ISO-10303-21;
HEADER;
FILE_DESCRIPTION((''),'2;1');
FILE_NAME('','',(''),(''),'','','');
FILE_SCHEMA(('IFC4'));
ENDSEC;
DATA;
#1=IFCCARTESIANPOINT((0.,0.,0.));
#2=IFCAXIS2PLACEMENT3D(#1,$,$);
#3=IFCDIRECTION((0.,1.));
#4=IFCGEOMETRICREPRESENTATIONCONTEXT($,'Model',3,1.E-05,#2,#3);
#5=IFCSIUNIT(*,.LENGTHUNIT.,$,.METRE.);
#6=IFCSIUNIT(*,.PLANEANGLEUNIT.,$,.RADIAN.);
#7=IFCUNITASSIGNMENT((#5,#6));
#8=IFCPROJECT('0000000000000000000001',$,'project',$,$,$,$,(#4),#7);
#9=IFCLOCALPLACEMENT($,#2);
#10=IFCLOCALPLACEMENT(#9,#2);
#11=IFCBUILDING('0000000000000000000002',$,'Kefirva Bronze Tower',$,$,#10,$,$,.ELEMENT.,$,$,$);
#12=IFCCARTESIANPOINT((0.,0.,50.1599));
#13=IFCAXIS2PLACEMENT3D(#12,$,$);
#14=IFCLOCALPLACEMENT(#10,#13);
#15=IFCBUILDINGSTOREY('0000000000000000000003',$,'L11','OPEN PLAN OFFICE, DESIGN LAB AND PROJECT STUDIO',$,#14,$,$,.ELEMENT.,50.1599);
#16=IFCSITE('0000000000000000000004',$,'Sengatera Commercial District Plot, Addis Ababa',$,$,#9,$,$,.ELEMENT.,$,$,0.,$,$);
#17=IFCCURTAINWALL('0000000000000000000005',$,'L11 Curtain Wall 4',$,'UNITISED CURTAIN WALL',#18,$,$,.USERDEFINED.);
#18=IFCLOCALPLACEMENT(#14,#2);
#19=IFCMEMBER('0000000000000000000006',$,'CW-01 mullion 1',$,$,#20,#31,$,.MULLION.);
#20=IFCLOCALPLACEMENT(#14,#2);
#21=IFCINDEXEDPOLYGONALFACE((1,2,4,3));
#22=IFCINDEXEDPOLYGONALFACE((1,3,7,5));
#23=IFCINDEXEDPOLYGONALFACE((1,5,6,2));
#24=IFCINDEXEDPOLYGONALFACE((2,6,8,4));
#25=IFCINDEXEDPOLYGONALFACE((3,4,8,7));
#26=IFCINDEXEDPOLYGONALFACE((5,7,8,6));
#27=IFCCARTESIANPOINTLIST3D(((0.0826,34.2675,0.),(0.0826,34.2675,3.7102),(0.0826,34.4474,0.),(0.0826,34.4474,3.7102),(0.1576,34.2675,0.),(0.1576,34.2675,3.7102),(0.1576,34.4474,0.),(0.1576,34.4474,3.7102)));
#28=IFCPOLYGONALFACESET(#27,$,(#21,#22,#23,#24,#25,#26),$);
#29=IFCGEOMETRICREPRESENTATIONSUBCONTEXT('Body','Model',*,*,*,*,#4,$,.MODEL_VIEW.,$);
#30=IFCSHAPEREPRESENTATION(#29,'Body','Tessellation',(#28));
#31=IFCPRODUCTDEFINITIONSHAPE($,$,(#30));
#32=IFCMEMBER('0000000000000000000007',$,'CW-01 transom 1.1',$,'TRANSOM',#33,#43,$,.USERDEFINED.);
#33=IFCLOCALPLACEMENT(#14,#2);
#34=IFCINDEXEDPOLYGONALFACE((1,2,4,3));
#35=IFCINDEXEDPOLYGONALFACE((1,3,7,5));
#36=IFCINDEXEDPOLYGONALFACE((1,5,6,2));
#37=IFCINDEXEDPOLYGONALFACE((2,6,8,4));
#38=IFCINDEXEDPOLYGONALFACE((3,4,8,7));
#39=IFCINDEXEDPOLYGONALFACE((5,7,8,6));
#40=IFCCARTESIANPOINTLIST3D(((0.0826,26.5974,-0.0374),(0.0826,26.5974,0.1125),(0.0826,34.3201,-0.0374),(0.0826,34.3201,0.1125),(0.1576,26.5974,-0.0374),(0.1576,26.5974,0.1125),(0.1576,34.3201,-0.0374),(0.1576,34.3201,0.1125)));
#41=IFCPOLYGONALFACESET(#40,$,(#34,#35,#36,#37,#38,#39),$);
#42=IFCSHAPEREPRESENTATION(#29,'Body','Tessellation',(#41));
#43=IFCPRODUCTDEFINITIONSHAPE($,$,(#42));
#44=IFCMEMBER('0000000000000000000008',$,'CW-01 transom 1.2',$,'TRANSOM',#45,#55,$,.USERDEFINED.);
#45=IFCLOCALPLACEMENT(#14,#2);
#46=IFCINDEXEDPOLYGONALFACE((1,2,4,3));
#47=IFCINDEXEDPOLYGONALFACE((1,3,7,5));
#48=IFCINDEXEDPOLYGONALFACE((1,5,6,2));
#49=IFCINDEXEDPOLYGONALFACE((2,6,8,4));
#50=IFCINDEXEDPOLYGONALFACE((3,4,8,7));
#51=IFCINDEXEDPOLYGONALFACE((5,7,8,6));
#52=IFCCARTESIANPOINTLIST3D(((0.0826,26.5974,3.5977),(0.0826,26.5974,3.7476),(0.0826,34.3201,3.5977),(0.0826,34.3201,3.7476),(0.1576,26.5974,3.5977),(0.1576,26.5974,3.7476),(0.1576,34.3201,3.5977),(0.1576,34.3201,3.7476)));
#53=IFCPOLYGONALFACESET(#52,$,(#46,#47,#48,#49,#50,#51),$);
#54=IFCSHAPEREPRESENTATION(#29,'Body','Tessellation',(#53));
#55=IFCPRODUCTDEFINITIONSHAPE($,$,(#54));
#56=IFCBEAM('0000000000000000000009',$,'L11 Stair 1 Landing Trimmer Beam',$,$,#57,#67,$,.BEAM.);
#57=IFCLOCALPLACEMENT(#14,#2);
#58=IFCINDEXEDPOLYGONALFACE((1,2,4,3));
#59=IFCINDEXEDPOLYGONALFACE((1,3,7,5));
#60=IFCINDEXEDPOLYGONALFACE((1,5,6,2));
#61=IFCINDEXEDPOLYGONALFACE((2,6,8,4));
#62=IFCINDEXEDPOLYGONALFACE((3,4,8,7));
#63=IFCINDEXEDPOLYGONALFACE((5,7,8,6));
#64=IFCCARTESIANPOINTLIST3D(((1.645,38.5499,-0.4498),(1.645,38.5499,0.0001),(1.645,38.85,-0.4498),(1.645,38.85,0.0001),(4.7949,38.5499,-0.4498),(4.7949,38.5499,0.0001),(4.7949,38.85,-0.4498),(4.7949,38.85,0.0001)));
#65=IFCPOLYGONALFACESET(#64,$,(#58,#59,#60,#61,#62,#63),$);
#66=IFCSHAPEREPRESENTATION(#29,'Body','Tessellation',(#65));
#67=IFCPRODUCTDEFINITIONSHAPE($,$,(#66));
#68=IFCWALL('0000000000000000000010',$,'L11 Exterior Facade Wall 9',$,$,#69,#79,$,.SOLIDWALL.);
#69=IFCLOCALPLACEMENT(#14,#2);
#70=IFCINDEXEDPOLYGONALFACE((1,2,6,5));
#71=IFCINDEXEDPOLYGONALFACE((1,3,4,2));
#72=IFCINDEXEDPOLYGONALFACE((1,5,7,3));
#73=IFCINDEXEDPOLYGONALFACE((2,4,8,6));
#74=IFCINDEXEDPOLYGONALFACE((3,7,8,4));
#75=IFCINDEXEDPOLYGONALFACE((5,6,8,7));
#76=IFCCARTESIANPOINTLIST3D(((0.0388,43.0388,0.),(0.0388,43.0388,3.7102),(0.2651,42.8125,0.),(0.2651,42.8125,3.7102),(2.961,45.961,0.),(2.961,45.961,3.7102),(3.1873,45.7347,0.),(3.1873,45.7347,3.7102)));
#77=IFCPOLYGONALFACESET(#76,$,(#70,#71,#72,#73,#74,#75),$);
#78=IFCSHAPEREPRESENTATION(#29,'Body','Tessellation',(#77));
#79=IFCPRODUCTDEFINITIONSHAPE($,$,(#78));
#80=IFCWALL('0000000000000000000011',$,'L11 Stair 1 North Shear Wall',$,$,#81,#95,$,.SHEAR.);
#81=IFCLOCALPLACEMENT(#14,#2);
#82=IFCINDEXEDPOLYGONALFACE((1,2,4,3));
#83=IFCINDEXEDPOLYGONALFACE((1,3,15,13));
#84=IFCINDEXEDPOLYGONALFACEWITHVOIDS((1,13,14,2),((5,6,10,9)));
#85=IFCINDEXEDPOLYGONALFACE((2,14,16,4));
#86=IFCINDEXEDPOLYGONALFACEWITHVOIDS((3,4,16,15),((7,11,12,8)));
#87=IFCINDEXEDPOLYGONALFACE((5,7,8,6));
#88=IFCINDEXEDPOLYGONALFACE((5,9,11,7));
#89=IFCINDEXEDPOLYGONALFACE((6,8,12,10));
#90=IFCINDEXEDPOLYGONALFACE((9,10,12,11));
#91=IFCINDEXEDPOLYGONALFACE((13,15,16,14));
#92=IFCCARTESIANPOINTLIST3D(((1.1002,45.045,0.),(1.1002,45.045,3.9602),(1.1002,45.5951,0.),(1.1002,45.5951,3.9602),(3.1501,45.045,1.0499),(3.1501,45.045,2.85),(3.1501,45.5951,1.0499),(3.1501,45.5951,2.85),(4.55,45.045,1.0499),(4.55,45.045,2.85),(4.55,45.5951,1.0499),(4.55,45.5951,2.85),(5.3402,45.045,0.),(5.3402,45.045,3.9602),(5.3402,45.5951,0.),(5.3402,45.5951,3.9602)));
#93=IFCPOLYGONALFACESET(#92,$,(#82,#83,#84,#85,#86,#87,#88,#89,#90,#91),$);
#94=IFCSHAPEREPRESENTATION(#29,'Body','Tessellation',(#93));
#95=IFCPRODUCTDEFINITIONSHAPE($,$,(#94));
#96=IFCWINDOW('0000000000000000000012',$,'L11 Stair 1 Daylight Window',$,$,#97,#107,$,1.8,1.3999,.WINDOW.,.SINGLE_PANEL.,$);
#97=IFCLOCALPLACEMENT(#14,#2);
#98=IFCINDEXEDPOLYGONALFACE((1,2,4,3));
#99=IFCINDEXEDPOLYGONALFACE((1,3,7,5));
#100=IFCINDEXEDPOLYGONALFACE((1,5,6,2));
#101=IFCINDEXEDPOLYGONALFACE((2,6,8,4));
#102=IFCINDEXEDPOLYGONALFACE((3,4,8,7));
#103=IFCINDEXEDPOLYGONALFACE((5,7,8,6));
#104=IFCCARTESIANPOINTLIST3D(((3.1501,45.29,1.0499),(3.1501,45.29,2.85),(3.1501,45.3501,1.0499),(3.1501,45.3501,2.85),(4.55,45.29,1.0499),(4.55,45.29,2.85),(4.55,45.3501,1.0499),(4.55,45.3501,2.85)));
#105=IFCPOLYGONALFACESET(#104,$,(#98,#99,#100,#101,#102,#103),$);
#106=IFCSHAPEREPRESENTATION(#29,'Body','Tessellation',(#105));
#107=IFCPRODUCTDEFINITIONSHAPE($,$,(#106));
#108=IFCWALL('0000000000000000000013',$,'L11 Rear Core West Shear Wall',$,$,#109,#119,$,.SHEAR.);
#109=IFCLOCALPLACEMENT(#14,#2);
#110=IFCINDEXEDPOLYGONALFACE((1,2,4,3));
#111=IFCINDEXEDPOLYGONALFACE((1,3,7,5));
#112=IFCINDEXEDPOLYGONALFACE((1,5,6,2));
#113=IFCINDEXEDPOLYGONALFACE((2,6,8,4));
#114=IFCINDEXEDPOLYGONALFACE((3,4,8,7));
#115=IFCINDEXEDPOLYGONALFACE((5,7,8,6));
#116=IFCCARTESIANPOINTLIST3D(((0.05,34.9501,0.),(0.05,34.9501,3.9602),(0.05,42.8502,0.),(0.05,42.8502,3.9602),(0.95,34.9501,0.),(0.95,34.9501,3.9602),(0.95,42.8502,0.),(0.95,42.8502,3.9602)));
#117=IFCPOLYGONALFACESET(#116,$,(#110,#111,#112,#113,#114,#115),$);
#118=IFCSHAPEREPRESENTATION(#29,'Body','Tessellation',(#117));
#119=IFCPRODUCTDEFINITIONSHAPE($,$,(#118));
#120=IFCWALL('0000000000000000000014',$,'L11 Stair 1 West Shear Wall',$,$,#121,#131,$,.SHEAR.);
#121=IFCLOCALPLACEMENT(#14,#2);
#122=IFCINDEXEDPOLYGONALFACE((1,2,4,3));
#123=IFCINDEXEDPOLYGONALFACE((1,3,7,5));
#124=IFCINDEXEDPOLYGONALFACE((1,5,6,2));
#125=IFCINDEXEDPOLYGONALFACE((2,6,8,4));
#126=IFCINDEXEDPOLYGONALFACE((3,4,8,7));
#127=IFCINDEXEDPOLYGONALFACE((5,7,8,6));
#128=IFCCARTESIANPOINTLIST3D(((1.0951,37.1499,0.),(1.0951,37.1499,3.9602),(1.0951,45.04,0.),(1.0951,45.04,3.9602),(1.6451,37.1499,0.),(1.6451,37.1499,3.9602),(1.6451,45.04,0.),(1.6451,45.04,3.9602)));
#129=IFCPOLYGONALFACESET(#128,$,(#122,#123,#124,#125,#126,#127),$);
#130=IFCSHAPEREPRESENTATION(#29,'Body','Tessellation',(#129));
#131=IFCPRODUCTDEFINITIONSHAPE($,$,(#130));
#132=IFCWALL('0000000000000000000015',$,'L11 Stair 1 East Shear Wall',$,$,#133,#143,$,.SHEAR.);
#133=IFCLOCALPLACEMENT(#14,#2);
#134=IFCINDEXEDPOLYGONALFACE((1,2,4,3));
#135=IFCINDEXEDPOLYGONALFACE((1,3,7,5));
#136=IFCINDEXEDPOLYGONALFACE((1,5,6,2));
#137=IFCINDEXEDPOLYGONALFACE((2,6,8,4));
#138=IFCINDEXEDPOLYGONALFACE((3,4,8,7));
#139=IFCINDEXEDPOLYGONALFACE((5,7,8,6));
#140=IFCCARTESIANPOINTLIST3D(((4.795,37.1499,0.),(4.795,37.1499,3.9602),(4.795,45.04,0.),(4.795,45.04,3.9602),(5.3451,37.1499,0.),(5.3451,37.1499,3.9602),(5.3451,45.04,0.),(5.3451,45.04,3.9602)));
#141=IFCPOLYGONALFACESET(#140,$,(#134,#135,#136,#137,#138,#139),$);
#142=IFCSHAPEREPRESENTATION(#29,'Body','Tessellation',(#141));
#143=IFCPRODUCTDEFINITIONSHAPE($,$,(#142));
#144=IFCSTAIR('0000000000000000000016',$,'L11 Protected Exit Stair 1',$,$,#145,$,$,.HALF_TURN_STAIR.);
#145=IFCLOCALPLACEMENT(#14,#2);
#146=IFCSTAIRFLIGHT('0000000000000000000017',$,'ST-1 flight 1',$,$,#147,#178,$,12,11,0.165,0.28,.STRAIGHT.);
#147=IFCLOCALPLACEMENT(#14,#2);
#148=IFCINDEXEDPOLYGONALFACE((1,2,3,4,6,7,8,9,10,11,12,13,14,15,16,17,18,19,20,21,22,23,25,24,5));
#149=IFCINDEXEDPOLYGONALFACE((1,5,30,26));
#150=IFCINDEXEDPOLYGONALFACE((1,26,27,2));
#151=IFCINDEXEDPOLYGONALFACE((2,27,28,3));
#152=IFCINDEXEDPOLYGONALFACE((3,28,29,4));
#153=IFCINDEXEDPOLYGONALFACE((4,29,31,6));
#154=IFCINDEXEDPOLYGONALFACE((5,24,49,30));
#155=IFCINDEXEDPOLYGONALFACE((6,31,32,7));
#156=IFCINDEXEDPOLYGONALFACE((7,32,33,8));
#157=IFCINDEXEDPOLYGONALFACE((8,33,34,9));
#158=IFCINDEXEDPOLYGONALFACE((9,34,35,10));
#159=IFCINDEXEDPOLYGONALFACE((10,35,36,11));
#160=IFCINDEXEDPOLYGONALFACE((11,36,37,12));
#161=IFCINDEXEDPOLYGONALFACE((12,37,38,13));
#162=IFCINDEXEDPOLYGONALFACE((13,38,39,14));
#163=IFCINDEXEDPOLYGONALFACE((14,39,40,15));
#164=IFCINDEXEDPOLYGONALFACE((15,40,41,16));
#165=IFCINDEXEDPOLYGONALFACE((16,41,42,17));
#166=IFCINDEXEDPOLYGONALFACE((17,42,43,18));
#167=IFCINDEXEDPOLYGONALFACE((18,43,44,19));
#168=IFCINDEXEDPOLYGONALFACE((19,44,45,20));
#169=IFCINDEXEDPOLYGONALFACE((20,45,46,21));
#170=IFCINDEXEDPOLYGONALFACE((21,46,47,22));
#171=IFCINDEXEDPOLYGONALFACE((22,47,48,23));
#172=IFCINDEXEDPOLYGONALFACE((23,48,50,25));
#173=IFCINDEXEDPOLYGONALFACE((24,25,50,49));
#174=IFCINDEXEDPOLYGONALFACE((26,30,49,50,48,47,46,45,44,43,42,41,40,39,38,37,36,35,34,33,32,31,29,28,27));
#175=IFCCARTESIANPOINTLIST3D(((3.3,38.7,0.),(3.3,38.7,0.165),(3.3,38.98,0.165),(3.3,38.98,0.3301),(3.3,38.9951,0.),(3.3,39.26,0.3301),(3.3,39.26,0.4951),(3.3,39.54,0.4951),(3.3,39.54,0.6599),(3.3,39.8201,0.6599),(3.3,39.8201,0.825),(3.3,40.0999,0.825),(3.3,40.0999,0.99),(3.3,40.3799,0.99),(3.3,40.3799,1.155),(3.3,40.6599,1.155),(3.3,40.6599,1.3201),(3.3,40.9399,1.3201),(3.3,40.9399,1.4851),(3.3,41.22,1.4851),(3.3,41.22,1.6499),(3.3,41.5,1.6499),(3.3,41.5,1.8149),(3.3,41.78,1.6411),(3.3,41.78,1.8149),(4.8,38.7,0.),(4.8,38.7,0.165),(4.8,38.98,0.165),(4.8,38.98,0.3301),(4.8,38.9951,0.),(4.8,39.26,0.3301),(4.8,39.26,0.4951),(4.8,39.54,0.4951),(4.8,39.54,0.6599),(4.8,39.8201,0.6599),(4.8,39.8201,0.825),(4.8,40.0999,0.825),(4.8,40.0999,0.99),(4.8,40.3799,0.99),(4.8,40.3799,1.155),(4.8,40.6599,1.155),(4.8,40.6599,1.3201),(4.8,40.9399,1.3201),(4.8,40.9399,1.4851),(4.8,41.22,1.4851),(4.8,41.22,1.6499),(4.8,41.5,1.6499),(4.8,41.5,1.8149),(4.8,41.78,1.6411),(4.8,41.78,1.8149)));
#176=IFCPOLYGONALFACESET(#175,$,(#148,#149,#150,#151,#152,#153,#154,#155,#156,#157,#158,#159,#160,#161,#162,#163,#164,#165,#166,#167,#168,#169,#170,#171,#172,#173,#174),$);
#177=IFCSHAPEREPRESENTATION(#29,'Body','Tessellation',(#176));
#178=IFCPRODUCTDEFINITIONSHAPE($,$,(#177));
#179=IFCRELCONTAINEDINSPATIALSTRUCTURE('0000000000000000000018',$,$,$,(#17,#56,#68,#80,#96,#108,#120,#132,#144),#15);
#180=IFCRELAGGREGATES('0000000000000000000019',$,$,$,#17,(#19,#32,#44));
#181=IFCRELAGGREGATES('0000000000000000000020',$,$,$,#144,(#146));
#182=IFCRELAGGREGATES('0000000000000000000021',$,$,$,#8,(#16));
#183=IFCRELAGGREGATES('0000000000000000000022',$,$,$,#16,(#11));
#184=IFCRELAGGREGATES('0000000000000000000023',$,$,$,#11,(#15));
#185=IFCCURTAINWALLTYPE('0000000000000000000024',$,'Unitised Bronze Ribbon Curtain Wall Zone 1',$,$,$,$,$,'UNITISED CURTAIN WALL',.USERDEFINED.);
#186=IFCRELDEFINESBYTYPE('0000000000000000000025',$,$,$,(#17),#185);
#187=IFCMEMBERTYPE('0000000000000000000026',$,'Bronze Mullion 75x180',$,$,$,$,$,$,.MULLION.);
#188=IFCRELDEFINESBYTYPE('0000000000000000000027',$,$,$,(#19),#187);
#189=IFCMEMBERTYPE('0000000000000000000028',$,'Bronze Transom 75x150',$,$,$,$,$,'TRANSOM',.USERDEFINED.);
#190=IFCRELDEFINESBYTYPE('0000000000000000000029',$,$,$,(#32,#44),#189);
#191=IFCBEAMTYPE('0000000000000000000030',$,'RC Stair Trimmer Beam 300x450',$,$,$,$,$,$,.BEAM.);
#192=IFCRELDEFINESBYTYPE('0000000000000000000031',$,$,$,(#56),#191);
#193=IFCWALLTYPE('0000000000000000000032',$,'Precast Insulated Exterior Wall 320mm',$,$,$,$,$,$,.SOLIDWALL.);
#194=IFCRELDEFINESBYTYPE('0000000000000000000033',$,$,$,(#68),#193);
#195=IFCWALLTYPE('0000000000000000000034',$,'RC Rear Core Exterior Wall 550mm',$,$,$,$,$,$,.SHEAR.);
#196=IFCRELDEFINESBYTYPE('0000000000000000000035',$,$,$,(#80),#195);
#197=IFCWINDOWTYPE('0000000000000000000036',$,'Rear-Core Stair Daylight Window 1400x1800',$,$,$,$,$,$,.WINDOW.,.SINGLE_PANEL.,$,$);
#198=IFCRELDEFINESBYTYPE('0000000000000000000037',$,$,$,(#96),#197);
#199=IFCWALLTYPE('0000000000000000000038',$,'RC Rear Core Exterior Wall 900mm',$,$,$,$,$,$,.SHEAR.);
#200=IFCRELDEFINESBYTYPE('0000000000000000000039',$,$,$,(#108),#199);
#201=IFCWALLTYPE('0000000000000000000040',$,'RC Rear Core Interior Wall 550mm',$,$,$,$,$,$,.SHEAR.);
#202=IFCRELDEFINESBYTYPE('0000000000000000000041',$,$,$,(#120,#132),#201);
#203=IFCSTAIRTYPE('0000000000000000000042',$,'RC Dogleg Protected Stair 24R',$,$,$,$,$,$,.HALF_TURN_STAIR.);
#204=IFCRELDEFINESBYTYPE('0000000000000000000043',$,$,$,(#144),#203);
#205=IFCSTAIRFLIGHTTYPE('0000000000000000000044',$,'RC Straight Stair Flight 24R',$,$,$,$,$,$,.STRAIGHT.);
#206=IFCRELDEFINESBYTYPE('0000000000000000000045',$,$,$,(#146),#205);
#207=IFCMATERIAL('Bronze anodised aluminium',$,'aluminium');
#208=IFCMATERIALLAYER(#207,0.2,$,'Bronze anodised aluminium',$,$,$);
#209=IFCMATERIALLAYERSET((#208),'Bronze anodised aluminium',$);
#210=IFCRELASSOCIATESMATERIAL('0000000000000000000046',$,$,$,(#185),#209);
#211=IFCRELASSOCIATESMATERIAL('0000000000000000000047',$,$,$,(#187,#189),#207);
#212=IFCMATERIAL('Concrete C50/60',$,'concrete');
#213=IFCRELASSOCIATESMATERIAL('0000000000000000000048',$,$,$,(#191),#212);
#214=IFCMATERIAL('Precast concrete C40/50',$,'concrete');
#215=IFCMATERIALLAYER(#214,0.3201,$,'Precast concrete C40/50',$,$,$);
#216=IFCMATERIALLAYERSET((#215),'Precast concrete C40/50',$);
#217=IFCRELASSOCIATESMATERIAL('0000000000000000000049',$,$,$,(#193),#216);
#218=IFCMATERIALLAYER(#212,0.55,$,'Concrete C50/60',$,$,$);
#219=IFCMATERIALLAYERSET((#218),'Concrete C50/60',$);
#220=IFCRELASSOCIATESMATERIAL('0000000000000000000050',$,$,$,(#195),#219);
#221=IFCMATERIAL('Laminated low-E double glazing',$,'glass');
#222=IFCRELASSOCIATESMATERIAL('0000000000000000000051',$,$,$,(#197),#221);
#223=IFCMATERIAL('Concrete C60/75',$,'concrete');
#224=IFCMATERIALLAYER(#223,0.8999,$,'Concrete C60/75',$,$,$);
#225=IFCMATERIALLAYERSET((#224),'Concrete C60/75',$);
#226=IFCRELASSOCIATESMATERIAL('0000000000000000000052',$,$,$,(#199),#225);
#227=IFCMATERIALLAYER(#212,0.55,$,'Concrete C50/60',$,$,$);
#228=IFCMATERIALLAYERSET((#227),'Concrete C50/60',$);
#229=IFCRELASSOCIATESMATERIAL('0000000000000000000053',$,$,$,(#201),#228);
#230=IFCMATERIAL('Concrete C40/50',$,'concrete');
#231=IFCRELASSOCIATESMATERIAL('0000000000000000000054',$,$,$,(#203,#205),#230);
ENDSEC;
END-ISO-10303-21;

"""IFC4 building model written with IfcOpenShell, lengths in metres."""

from ifc_helpers import new_model, si_unit, direction, frame, frame_2d, origin, origin_2d, place, context, subcontext, project, spatial, polyline, rectangle, outline, extrude, material, layer, layer_set, material_profile, profile_set, type_object, element, fill, aggregate, save


model = new_model("IFC4")

# Units and contexts
model_context = context("Model", 3, precision=1e-05, world=origin(), true_north=direction((0.0, 1.0)))
body_context = subcontext(model_context, "Body", "Model", "MODEL_VIEW")
ifc_project = project(units=[si_unit("LENGTHUNIT", "METRE"), si_unit("PLANEANGLEUNIT", "RADIAN")], contexts=[model_context])

# Site, building, storey
site_placement = place(None, origin())
site = spatial("IfcSite", under=ifc_project, at=site_placement, Name="Sengatera Commercial District Plot, Addis Ababa", CompositionType="ELEMENT", RefElevation=0.0)
building_placement = place(site_placement, origin())
building = spatial("IfcBuilding", under=site, at=building_placement, Name="Kefirva Bronze Tower", CompositionType="ELEMENT")
storey_placement = place(building_placement, frame((0.0, 0.0, 50.1599)))
storey = spatial("IfcBuildingStorey", under=building, at=storey_placement, Name="L11", Description="OPEN PLAN OFFICE, DESIGN LAB AND PROJECT STUDIO", CompositionType="ELEMENT", Elevation=50.1599)

# Curtain wall, members
ifc_material_1 = material(Name="Bronze anodised aluminium", Category="aluminium")
ifc_layer_1 = layer(ifc_material_1, 0.2, Name="Bronze anodised aluminium")
ifc_layer_set_1 = layer_set([ifc_layer_1], Name="Bronze anodised aluminium")
curtain_wall_type = type_object("IfcCurtainWallType", Name="Unitised Bronze Ribbon Curtain Wall Zone 1", ElementType="UNITISED CURTAIN WALL", PredefinedType="USERDEFINED", material=ifc_layer_set_1)
curtain_wall_placement = place(storey_placement, origin())
curtain_wall = element("IfcCurtainWall", 1, at=curtain_wall_placement, inside=storey, type_object=curtain_wall_type, Name="L11 Curtain Wall 4", ObjectType="UNITISED CURTAIN WALL", PredefinedType="USERDEFINED")
ifc_material_profile_1 = material_profile(ifc_material_1, rectangle(XDim=0.075, YDim=0.1799, at=origin_2d()), Name="ALU 75x180")
ifc_profile_set_1 = profile_set([ifc_material_profile_1], Name="Bronze anodised aluminium")
member_type_1 = type_object("IfcMemberType", Name="Bronze Mullion 75x180", PredefinedType="MULLION", material=ifc_profile_set_1)
member_1_placement = place(storey_placement, frame((0.1201, 34.3574, 0.0), z_axis=(0.0, 0.0, 1.0), x_axis=(1.0, 0.0, 0.0)))
member_1 = element("IfcMember", 2, at=member_1_placement, type_object=member_type_1, Name="CW-01 mullion 1", PredefinedType="MULLION", context=body_context, shape_type="SweptSolid", body=[
    extrude(rectangle(XDim=0.075, YDim=0.1799, at=origin_2d()), origin(), (0.0, 0.0, 1.0), 3.7102),
])
ifc_material_profile_2 = material_profile(ifc_material_1, rectangle(XDim=0.075, YDim=0.1499, at=origin_2d()), Name="ALU 75x150")
ifc_profile_set_2 = profile_set([ifc_material_profile_2], Name="Bronze anodised aluminium")
member_type_2 = type_object("IfcMemberType", Name="Bronze Transom 75x150", ElementType="TRANSOM", PredefinedType="USERDEFINED", material=ifc_profile_set_2)
member_2_placement = place(storey_placement, frame((0.1201, 34.3201, 0.0376), z_axis=(0.0, -1.0, 0.0), x_axis=(1.0, 0.0, 0.0)))
member_2 = element("IfcMember", 3, at=member_2_placement, type_object=member_type_2, Name="CW-01 transom 1.1", ObjectType="TRANSOM", PredefinedType="USERDEFINED", context=body_context, shape_type="SweptSolid", body=[
    extrude(rectangle(XDim=0.075, YDim=0.1499, at=origin_2d()), origin(), (0.0, 0.0, 1.0), 7.7227),
])
member_3_placement = place(storey_placement, frame((0.1201, 34.3201, 3.6726), z_axis=(0.0, -1.0, 0.0), x_axis=(1.0, 0.0, 0.0)))
member_3 = element("IfcMember", 4, at=member_3_placement, type_object=member_type_2, Name="CW-01 transom 1.2", ObjectType="TRANSOM", PredefinedType="USERDEFINED", context=body_context, shape_type="SweptSolid", body=[
    extrude(rectangle(XDim=0.075, YDim=0.1499, at=origin_2d()), origin(), (0.0, 0.0, 1.0), 7.7227),
])
aggregate(curtain_wall, [member_1, member_2, member_3])

# Beam
ifc_material_2 = material(Name="Concrete C50/60", Category="concrete")
ifc_material_profile_3 = material_profile(ifc_material_2, rectangle(XDim=0.3, YDim=0.45, at=origin_2d()), Name="RC 300x450")
ifc_profile_set_3 = profile_set([ifc_material_profile_3], Name="Concrete C50/60")
beam_type = type_object("IfcBeamType", Name="RC Stair Trimmer Beam 300x450", PredefinedType="BEAM", material=ifc_profile_set_3)
beam_placement = place(storey_placement, frame((1.645, 38.7, -0.2249), z_axis=(1.0, 0.0, 0.0), x_axis=(0.0, 1.0, 0.0)))
element("IfcBeam", 5, at=beam_placement, inside=storey, type_object=beam_type, Name="L11 Stair 1 Landing Trimmer Beam", PredefinedType="BEAM", context=body_context, shape_type="SweptSolid", body=[
    extrude(rectangle(XDim=0.3, YDim=0.45, at=origin_2d()), origin(), (0.0, 0.0, 1.0), 3.1499),
])

# Wall
ifc_material_3 = material(Name="Precast concrete C40/50", Category="concrete")
ifc_layer_2 = layer(ifc_material_3, 0.3201, Name="Precast concrete C40/50")
ifc_layer_set_2 = layer_set([ifc_layer_2], Name="Precast concrete C40/50")
wall_type_1 = type_object("IfcWallType", Name="Precast Insulated Exterior Wall 320mm", PredefinedType="SOLIDWALL", material=ifc_layer_set_2)
wall_1_placement = place(storey_placement, frame((3.0742, 45.8479, 0.0), z_axis=(0.0, 0.0, 1.0), x_axis=(-0.707107, -0.707107, 0.0)))
element("IfcWall", 6, at=wall_1_placement, inside=storey, type_object=wall_type_1, Name="L11 Exterior Facade Wall 9", PredefinedType="SOLIDWALL", context=body_context, shape_type="SweptSolid", body=[
    extrude(rectangle(XDim=4.1326, YDim=0.3201, at=frame_2d((2.0664, 0.0))), origin(), (0.0, 0.0, 1.0), 3.7102),
])

# Wall, opening, window
ifc_layer_3 = layer(ifc_material_2, 0.55, Name="Concrete C50/60")
ifc_layer_set_3 = layer_set([ifc_layer_3], Name="Concrete C50/60")
wall_type_2 = type_object("IfcWallType", Name="RC Rear Core Exterior Wall 550mm", PredefinedType="SHEAR", material=ifc_layer_set_3)
wall_2_placement = place(storey_placement, frame((1.1001, 45.3201, 0.0), z_axis=(0.0, 0.0, 1.0), x_axis=(1.0, 0.0, 0.0)))
wall_2 = element("IfcWall", 7, at=wall_2_placement, inside=storey, type_object=wall_type_2, Name="L11 Stair 1 North Shear Wall", PredefinedType="SHEAR", context=body_context, shape_type="SweptSolid", body=[
    extrude(rectangle(XDim=4.24, YDim=0.55, at=frame_2d((2.1201, 0.0))), origin(), (0.0, 0.0, 1.0), 3.9602),
])
opening_1_placement = place(wall_2_placement, frame((2.05, 0.0, 1.05)))
opening_1 = element("IfcOpeningElement", 8, at=opening_1_placement, cuts=wall_2, PredefinedType="OPENING", context=body_context, shape_type="SweptSolid", body=[
    extrude(rectangle(XDim=1.3999, YDim=1.8, at=frame_2d((0.7, 0.8999))), frame((0.0, 0.2852, 0.0), z_axis=(0.0, -1.0, 0.0), x_axis=(1.0, 0.0, 0.0)), (0.0, 0.0, 1.0), 0.5701),
])
ifc_material_4 = material(Name="Laminated low-E double glazing", Category="glass")
window_type = type_object("IfcWindowType", Name="Rear-Core Stair Daylight Window 1400x1800", PartitioningType="SINGLE_PANEL", PredefinedType="WINDOW", material=ifc_material_4)
window_placement = place(opening_1_placement, origin())
window = element("IfcWindow", 9, at=window_placement, inside=storey, type_object=window_type, Name="L11 Stair 1 Daylight Window", OverallHeight=1.8, OverallWidth=1.3999, PartitioningType="SINGLE_PANEL", PredefinedType="WINDOW", context=body_context, shape_type="SweptSolid", body=[
    extrude(rectangle(XDim=1.3999, YDim=1.8, at=frame_2d((0.7, 0.8999))), frame((0.0, 0.03, 0.0), z_axis=(0.0, -1.0, 0.0), x_axis=(1.0, 0.0, 0.0)), (0.0, 0.0, 1.0), 0.0601),
])
fill(opening_1, window)

# Walls
ifc_material_5 = material(Name="Concrete C60/75", Category="concrete")
ifc_layer_4 = layer(ifc_material_5, 0.8999, Name="Concrete C60/75")
ifc_layer_set_4 = layer_set([ifc_layer_4], Name="Concrete C60/75")
wall_type_3 = type_object("IfcWallType", Name="RC Rear Core Exterior Wall 900mm", PredefinedType="SHEAR", material=ifc_layer_set_4)
wall_3_placement = place(storey_placement, frame((0.5, 34.95, 0.0), z_axis=(0.0, 0.0, 1.0), x_axis=(0.0, 1.0, 0.0)))
element("IfcWall", 10, at=wall_3_placement, inside=storey, type_object=wall_type_3, Name="L11 Rear Core West Shear Wall", PredefinedType="SHEAR", context=body_context, shape_type="SweptSolid", body=[
    extrude(rectangle(XDim=7.9001, YDim=0.8999, at=frame_2d((3.9502, 0.0))), origin(), (0.0, 0.0, 1.0), 3.9602),
])
ifc_layer_5 = layer(ifc_material_2, 0.55, Name="Concrete C50/60")
ifc_layer_set_5 = layer_set([ifc_layer_5], Name="Concrete C50/60")
wall_type_4 = type_object("IfcWallType", Name="RC Rear Core Interior Wall 550mm", PredefinedType="SHEAR", material=ifc_layer_set_5)
for number, where, z_axis, x_axis, name in (
    (11, (1.3701, 37.1499, 0.0), (0.0, 0.0, 1.0), (0.0, 1.0, 0.0), "L11 Stair 1 West Shear Wall"),
    (12, (5.0701, 37.1499, 0.0), (0.0, 0.0, 1.0), (0.0, 1.0, 0.0), "L11 Stair 1 East Shear Wall"),
):
    element("IfcWall", number, at=place(storey_placement, frame(where, z_axis=z_axis, x_axis=x_axis)), inside=storey, type_object=wall_type_4, Name=name, PredefinedType="SHEAR", context=body_context, shape_type="SweptSolid", body=[
        extrude(rectangle(XDim=7.8901, YDim=0.55, at=frame_2d((3.9451, 0.0))), origin(), (0.0, 0.0, 1.0), 3.9602),
    ])

# Stair, stair flight
ifc_material_6 = material(Name="Concrete C40/50", Category="concrete")
stair_type = type_object("IfcStairType", Name="RC Dogleg Protected Stair 24R", PredefinedType="HALF_TURN_STAIR", material=ifc_material_6)
stair_placement = place(storey_placement, origin())
stair = element("IfcStair", 13, at=stair_placement, inside=storey, type_object=stair_type, Name="L11 Protected Exit Stair 1", PredefinedType="HALF_TURN_STAIR")
stair_flight_type = type_object("IfcStairFlightType", Name="RC Straight Stair Flight 24R", PredefinedType="STRAIGHT", material=ifc_material_6)
stair_flight_1_placement = place(storey_placement, frame((4.05, 38.7, 0.0), z_axis=(0.0, 0.0, 1.0), x_axis=(0.0, 1.0, 0.0)))
stair_flight_1 = element("IfcStairFlight", 14, at=stair_flight_1_placement, type_object=stair_flight_type, Name="ST-1 flight 1", NumberOfRisers=12, NumberOfTreads=11, PredefinedType="STRAIGHT", RiserHeight=0.165, TreadLength=0.28, context=body_context, shape_type="SweptSolid", body=[
    extrude(outline(polyline([(0.0, 0.0), (0.0, 0.165), (0.28, 0.165), (0.28, 0.3301), (0.5601, 0.3301), (0.5601, 0.4951), (0.8401, 0.4951), (0.8401, 0.6599), (1.1201, 0.6599), (1.1201, 0.825), (1.3999, 0.825), (1.3999, 0.99), (1.6799, 0.99), (1.6799, 1.155), (1.96, 1.155), (1.96, 1.3201), (2.24, 1.3201), (2.24, 1.4851), (2.52, 1.4851), (2.52, 1.6499), (2.8, 1.6499), (2.8, 1.8149), (3.0801, 1.8149), (3.0801, 1.98), (3.0801, 1.6411), (0.2952, 0.0), (0.0, 0.0)])), frame((0.0, 0.75, 0.0), z_axis=(0.0, -1.0, 0.0), x_axis=(1.0, 0.0, 0.0)), (0.0, 0.0, 1.0), 1.5),
])
aggregate(stair, [stair_flight_1])

save(model, "model.ifc")
